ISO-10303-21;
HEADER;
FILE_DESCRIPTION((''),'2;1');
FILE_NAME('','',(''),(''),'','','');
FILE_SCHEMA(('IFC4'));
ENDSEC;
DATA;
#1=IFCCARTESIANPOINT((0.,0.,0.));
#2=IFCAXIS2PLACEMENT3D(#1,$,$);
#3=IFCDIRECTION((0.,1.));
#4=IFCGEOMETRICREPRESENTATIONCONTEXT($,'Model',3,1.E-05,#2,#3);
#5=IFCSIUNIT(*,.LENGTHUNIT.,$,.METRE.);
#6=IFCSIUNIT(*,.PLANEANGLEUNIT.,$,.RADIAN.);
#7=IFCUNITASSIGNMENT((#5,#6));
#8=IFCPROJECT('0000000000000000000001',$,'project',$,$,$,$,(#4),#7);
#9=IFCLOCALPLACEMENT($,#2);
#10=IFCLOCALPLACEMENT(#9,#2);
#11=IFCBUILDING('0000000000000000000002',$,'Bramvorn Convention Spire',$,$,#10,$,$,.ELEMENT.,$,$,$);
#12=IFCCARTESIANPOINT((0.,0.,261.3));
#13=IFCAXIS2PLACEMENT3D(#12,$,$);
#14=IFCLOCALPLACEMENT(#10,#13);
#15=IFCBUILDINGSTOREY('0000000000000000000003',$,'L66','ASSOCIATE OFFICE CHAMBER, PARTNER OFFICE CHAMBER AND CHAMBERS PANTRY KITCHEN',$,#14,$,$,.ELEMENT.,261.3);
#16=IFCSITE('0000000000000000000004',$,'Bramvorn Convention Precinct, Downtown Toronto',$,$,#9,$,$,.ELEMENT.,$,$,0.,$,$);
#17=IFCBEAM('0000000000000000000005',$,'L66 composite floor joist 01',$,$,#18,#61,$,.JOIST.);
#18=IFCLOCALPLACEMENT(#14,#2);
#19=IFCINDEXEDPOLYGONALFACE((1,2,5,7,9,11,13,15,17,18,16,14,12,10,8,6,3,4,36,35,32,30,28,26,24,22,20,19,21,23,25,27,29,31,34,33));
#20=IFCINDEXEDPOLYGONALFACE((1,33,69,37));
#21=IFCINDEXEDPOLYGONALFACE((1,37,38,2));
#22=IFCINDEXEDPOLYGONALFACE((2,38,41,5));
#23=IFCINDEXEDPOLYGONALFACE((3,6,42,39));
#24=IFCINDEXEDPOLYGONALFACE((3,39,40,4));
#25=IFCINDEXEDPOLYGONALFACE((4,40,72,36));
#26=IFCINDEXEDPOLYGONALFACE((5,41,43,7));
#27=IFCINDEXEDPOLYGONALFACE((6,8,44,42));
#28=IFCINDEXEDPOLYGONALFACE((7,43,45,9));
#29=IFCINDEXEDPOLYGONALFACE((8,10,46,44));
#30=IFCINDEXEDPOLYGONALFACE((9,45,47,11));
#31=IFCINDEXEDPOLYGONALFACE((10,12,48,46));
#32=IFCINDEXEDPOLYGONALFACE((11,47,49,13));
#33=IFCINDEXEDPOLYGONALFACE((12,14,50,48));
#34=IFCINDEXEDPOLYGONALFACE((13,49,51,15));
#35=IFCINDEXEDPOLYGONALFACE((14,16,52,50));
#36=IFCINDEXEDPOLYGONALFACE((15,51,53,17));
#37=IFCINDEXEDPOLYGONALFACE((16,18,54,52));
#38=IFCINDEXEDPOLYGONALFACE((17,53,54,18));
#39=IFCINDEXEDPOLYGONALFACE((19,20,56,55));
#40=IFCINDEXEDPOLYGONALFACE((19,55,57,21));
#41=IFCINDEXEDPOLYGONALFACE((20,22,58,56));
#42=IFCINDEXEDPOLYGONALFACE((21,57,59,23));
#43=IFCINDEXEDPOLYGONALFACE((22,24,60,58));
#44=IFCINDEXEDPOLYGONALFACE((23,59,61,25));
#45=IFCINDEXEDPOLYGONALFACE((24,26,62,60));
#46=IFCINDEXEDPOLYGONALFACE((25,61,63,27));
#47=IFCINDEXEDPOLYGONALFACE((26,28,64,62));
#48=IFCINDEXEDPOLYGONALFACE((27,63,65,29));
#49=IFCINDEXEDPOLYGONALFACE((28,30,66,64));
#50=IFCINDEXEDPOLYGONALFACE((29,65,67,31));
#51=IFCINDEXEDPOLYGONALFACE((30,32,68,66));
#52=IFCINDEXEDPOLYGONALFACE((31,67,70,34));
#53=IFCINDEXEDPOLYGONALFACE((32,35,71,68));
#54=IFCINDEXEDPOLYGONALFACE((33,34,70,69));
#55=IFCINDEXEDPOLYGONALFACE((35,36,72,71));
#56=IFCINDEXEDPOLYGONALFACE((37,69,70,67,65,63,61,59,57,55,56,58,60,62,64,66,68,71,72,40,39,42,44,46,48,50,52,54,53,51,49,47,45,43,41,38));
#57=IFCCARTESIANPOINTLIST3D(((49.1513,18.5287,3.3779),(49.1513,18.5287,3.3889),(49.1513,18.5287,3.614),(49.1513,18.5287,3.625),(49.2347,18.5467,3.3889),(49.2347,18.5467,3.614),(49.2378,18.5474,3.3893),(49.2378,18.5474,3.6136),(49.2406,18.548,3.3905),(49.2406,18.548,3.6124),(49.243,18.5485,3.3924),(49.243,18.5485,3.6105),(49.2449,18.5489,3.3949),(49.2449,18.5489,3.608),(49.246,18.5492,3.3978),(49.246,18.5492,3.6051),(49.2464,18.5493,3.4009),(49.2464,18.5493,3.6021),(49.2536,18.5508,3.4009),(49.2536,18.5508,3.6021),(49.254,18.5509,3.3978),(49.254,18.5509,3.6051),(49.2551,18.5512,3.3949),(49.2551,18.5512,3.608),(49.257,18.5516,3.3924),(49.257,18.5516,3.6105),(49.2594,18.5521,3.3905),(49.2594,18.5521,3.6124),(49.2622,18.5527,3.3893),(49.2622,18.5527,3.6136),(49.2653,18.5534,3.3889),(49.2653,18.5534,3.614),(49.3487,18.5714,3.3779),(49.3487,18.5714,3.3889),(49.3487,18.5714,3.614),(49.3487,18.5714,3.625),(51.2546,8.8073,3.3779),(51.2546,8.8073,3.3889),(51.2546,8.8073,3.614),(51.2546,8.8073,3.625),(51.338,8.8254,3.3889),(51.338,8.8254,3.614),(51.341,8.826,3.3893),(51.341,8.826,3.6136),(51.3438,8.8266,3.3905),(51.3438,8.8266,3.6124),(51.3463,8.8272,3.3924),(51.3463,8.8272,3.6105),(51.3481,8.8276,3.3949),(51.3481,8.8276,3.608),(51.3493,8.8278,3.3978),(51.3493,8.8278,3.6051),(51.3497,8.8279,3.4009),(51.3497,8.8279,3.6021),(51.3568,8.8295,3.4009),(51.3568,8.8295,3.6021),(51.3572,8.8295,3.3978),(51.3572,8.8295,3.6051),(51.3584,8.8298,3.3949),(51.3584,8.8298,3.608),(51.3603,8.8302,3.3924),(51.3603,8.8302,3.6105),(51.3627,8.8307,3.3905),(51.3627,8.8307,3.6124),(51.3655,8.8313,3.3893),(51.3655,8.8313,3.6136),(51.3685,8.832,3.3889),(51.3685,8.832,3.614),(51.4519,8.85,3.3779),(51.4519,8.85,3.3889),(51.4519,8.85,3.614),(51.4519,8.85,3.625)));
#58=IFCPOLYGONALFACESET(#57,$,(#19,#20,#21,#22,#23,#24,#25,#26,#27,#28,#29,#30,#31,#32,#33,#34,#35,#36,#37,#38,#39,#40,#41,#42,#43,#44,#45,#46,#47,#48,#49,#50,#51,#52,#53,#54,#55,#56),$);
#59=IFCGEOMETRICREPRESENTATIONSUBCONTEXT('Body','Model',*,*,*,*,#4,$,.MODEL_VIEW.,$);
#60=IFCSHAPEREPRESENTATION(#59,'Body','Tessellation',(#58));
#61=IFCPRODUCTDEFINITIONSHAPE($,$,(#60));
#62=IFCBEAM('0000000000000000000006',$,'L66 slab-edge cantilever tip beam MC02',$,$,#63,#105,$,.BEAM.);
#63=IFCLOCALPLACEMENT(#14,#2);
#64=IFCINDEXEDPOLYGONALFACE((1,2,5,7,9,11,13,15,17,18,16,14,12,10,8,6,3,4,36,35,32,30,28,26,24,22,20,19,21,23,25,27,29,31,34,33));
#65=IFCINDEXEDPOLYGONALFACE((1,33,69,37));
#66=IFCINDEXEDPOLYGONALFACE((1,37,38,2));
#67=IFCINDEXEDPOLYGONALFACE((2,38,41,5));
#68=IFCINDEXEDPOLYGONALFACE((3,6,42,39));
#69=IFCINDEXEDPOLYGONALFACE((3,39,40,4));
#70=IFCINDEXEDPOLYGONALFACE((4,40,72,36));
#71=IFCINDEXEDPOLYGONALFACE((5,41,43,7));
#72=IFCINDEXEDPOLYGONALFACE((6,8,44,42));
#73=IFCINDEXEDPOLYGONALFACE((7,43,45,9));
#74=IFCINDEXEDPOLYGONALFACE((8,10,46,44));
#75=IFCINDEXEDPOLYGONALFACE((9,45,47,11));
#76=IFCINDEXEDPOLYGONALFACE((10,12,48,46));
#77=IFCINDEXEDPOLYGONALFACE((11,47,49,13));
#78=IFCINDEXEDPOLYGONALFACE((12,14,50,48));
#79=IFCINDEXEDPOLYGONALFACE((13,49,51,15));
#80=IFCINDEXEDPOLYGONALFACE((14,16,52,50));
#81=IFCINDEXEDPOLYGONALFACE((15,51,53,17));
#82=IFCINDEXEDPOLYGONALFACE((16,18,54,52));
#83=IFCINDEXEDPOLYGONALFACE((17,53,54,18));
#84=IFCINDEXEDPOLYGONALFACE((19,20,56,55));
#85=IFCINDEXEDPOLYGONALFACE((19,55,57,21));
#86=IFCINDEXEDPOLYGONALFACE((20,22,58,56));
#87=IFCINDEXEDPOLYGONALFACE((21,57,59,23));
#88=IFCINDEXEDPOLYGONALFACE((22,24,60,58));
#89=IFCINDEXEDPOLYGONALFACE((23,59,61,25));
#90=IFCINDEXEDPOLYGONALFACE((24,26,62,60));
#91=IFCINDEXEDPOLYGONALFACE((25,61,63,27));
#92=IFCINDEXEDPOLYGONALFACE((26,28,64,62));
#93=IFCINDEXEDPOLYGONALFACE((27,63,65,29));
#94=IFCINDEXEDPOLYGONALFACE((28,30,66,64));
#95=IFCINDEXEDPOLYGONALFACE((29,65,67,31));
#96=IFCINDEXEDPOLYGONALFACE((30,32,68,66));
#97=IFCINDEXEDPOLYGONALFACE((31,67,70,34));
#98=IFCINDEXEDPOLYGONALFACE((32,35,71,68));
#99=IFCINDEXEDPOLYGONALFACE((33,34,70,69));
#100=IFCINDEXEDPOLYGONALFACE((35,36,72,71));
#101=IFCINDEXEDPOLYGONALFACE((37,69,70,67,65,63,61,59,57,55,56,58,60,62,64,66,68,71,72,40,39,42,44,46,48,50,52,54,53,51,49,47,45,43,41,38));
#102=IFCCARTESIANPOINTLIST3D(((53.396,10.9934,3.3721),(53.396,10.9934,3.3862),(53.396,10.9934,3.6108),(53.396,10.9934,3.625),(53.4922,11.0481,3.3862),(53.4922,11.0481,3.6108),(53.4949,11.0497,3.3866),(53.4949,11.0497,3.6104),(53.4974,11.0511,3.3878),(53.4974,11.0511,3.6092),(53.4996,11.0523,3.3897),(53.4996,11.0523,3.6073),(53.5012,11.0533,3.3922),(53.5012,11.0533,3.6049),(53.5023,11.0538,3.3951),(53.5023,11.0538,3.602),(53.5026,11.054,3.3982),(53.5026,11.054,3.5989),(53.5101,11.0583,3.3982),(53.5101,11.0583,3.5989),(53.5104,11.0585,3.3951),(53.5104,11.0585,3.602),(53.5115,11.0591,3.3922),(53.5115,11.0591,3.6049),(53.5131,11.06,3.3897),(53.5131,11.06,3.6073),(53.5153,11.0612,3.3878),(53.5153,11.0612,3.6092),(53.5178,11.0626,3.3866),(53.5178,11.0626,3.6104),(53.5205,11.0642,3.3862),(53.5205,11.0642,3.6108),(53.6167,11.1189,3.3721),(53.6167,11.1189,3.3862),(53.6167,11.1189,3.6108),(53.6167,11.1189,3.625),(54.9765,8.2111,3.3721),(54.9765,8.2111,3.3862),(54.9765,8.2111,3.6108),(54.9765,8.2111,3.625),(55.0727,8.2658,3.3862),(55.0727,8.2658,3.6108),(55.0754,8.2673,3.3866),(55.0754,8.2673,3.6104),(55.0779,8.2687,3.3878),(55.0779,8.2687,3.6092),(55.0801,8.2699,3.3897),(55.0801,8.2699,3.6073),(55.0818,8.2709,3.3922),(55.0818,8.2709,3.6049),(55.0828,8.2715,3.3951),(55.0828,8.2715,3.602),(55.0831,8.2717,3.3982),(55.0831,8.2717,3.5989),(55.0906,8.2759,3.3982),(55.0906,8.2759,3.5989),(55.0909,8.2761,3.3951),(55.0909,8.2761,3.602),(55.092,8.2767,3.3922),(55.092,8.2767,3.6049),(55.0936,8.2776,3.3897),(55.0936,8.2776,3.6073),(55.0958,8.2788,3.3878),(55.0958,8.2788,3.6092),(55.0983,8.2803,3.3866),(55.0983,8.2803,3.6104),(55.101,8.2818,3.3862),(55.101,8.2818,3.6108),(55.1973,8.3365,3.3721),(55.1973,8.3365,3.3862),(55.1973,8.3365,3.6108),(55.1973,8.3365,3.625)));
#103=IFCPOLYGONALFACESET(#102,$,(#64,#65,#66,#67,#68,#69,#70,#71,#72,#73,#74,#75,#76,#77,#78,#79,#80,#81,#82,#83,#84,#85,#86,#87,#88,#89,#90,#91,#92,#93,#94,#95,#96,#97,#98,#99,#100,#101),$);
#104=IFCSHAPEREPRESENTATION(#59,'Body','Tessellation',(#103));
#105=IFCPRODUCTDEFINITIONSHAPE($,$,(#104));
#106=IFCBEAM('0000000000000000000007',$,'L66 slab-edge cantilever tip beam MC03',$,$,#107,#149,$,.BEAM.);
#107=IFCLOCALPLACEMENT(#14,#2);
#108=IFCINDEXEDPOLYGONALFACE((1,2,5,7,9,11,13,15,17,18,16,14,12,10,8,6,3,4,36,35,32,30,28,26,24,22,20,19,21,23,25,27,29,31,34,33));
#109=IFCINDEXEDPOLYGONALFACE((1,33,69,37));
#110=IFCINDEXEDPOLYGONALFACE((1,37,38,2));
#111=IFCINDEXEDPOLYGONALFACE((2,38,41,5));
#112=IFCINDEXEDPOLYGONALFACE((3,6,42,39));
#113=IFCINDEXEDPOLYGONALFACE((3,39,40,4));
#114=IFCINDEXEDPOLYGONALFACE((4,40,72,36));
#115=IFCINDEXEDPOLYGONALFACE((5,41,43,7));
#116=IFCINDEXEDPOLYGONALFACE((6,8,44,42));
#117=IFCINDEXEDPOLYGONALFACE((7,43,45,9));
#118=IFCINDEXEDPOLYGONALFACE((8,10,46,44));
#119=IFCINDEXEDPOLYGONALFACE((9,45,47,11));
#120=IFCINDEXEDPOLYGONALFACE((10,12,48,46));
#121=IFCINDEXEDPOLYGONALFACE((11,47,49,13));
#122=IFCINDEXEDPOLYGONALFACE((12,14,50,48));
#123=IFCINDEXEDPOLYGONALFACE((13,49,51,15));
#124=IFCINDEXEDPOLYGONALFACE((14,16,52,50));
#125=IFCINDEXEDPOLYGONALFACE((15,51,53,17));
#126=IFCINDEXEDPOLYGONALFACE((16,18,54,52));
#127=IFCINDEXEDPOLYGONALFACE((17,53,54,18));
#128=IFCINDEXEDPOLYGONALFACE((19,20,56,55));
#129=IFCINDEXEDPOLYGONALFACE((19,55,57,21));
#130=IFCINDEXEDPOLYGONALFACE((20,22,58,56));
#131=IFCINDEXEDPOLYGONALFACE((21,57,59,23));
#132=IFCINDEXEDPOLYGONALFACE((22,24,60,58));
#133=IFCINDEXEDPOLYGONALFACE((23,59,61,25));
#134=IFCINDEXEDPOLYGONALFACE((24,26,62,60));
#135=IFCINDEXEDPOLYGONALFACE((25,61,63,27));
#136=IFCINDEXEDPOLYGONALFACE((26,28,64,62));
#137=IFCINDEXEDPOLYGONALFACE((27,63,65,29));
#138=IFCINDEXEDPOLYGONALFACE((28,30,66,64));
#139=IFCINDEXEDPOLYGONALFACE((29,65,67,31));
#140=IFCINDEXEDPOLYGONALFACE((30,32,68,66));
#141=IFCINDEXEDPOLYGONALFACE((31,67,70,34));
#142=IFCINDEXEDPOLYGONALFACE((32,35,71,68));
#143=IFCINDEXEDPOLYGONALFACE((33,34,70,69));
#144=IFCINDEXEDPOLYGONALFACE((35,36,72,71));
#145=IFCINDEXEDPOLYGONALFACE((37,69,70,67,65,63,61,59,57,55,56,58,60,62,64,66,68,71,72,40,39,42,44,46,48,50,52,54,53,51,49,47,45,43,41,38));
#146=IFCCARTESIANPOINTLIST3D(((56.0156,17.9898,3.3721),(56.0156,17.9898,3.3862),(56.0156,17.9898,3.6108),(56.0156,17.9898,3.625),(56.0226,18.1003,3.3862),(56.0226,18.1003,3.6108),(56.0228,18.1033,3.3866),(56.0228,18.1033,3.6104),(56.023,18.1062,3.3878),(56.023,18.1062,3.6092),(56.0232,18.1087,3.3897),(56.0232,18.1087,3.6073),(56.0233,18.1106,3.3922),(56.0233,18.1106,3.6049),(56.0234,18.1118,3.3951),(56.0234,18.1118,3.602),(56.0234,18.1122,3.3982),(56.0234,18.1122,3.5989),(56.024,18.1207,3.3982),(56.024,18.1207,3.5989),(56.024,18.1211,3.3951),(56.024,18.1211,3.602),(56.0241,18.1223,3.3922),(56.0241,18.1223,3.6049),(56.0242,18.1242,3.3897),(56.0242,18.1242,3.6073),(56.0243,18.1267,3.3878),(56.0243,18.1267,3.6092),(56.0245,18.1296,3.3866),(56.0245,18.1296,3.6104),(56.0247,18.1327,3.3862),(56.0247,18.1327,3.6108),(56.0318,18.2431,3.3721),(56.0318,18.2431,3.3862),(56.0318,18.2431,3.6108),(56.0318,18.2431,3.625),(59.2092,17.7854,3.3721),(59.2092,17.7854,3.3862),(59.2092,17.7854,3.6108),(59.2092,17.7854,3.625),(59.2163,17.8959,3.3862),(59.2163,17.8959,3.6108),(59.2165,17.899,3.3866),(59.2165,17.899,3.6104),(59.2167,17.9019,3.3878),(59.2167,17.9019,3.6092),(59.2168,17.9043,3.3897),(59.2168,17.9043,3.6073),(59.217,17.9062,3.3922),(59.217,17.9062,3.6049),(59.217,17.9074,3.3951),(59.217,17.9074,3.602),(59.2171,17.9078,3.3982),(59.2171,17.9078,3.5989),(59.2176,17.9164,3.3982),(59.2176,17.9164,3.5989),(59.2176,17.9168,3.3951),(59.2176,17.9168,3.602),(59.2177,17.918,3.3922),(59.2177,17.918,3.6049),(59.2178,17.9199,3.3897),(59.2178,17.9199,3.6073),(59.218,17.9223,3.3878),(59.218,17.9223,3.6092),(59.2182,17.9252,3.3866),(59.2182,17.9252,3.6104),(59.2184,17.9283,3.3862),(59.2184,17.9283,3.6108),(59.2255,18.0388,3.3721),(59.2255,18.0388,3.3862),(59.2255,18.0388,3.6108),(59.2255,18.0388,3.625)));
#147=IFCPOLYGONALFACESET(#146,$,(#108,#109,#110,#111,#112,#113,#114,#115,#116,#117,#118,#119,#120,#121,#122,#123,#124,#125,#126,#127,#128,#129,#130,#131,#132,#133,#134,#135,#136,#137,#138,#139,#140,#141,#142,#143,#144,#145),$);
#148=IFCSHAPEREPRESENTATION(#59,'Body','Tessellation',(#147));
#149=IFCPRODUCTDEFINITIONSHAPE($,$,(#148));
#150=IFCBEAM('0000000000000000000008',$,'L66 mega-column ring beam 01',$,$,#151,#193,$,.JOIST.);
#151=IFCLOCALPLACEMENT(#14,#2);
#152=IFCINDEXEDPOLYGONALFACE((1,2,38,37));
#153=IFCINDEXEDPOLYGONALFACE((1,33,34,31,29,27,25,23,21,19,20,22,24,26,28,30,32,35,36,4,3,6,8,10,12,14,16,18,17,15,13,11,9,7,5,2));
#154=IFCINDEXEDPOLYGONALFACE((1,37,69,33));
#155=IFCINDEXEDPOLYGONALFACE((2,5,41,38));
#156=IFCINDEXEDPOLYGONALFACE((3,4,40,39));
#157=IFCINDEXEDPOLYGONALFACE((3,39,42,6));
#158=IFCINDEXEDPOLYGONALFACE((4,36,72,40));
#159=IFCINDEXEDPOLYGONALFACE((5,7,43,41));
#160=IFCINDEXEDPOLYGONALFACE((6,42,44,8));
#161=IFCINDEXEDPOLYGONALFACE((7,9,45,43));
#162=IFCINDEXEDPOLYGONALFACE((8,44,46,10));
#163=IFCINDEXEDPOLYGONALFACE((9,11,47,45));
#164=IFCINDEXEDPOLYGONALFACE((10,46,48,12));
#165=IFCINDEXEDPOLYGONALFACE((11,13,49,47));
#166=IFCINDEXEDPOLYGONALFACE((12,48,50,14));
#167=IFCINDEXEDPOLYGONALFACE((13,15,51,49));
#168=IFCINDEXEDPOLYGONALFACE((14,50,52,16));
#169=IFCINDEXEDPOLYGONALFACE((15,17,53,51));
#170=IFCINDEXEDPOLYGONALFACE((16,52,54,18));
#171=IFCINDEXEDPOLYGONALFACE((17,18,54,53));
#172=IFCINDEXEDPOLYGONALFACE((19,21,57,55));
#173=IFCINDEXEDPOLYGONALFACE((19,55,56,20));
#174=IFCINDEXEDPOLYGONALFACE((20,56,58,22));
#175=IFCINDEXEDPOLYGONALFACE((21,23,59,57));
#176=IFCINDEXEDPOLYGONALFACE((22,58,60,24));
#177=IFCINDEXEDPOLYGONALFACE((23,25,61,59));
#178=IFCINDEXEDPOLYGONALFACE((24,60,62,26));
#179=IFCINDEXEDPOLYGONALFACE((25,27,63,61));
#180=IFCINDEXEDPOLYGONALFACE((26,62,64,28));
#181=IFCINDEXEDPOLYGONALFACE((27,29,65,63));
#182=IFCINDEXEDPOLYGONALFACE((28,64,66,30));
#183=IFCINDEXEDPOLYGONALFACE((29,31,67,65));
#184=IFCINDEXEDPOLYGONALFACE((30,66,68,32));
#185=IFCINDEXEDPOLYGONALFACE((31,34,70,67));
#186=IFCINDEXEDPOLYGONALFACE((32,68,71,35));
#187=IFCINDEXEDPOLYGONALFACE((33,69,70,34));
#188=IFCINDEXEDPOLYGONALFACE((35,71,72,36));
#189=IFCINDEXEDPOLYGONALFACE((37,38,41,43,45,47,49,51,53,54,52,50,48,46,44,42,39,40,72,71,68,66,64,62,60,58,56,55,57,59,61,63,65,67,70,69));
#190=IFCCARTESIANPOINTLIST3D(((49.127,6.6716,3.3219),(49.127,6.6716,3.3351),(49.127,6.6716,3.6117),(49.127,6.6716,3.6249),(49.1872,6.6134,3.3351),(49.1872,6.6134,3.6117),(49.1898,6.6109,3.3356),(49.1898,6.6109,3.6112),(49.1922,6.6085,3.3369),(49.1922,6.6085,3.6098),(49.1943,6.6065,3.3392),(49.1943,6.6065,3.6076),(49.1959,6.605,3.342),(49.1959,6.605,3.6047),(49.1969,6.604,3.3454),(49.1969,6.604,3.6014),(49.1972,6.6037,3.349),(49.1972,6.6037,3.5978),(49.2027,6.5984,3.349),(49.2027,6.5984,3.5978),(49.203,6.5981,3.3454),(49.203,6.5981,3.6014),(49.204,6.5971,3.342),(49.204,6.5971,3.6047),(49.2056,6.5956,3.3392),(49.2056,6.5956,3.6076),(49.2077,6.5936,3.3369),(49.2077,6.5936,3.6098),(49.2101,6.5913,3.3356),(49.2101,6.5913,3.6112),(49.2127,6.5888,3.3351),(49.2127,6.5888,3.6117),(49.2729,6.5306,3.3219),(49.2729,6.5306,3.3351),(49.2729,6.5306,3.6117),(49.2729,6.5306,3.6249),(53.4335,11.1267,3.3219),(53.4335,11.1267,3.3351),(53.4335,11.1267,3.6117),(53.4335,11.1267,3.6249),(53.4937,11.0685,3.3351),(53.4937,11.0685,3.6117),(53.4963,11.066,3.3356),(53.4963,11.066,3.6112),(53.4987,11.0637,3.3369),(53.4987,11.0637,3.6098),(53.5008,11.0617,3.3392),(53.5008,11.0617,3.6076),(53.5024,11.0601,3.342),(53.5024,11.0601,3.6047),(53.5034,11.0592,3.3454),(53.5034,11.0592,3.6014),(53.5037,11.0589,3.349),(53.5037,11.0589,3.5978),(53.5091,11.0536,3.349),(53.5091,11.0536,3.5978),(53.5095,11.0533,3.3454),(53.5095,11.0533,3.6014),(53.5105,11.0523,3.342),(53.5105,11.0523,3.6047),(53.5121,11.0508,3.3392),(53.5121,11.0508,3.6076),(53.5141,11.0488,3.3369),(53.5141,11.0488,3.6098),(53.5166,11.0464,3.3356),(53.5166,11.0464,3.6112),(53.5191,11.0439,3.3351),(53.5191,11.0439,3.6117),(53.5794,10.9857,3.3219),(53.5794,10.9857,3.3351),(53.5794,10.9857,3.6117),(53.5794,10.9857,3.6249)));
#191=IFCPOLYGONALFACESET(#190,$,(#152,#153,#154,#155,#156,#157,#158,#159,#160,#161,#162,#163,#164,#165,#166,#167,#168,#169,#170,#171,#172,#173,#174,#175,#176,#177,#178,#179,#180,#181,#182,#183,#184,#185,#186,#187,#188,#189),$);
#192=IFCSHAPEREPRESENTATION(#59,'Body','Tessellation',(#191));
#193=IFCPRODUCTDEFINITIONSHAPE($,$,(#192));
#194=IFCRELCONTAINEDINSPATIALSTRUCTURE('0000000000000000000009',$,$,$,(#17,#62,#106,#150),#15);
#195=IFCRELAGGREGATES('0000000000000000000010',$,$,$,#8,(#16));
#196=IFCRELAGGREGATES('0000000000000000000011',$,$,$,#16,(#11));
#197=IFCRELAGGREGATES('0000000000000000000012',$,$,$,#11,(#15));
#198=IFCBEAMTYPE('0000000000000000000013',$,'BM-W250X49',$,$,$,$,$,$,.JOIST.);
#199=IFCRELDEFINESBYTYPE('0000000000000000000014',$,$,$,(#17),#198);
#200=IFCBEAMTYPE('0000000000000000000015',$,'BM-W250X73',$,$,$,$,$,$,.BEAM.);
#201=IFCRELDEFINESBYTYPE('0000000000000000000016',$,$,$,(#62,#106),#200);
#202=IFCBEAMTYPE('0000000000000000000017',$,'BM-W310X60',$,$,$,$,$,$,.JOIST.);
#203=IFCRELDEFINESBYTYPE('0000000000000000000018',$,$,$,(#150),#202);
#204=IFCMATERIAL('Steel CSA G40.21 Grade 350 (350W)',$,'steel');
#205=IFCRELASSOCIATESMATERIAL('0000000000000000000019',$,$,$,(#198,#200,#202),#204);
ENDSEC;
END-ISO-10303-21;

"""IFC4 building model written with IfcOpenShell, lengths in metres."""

from ifc_helpers import new_model, si_unit, direction, frame, origin, origin_2d, place, context, subcontext, project, spatial, i_section, extrude, material, material_profile, profile_set, type_object, element, save


model = new_model("IFC4")

# Units and contexts
model_context = context("Model", 3, precision=1e-05, world=origin(), true_north=direction((0.0, 1.0)))
body_context = subcontext(model_context, "Body", "Model", "MODEL_VIEW")
ifc_project = project(units=[si_unit("LENGTHUNIT", "METRE"), si_unit("PLANEANGLEUNIT", "RADIAN")], contexts=[model_context])

# Site, building, storey
site_placement = place(None, origin())
site = spatial("IfcSite", under=ifc_project, at=site_placement, Name="Bramvorn Convention Precinct, Downtown Toronto", CompositionType="ELEMENT", RefElevation=0.0)
building_placement = place(site_placement, origin())
building = spatial("IfcBuilding", under=site, at=building_placement, Name="Bramvorn Convention Spire", CompositionType="ELEMENT")
storey_placement = place(building_placement, frame((0.0, 0.0, 261.3)))
storey = spatial("IfcBuildingStorey", under=building, at=storey_placement, Name="L66", Description="ASSOCIATE OFFICE CHAMBER, PARTNER OFFICE CHAMBER AND CHAMBERS PANTRY KITCHEN", CompositionType="ELEMENT", Elevation=261.3)

# Shared definitions
ifc_material_1 = material(Name="Steel CSA G40.21 Grade 350 (350W)", Category="steel")

# Beams
ifc_material_profile_1 = material_profile(ifc_material_1, i_section(OverallWidth=0.2019, OverallDepth=0.2471, WebThickness=0.0073, FlangeThickness=0.011, FilletRadius=0.012, at=origin_2d()))
ifc_profile_set_1 = profile_set([ifc_material_profile_1], Name="Steel CSA G40.21 Grade 350 (350W) - W250X49")
beam_type_1 = type_object("IfcBeamType", Name="BM-W250X49", PredefinedType="JOIST", material=ifc_profile_set_1)
beam_1_placement = place(storey_placement, frame((49.25, 18.55, 3.5015), z_axis=(0.211461, -0.977386, 0.0), x_axis=(0.977386, 0.211461, 0.0)))
element("IfcBeam", 1, at=beam_1_placement, inside=storey, type_object=beam_type_1, Name="L66 composite floor joist 01", PredefinedType="JOIST", context=body_context, shape_type="SweptSolid", body=[
    extrude(i_section(OverallWidth=0.2019, OverallDepth=0.2471, WebThickness=0.0073, FlangeThickness=0.011, FilletRadius=0.012, at=origin_2d()), origin(), (0.0, 0.0, 1.0), 9.9463),
])
ifc_material_profile_2 = material_profile(ifc_material_1, i_section(OverallWidth=0.2539, OverallDepth=0.2529, WebThickness=0.0085, FlangeThickness=0.0142, FilletRadius=0.012, at=origin_2d()))
ifc_profile_set_2 = profile_set([ifc_material_profile_2], Name="Steel CSA G40.21 Grade 350 (350W) - W250X73")
beam_type_2 = type_object("IfcBeamType", Name="BM-W250X73", PredefinedType="BEAM", material=ifc_profile_set_2)
beam_2_placement = place(storey_placement, frame((53.5063, 11.0562, 3.4985), z_axis=(0.493919, -0.869508, 0.0), x_axis=(0.869508, 0.493919, 0.0)))
element("IfcBeam", 2, at=beam_2_placement, inside=storey, type_object=beam_type_2, Name="L66 slab-edge cantilever tip beam MC02", PredefinedType="BEAM", context=body_context, shape_type="SweptSolid", body=[
    extrude(i_section(OverallWidth=0.2539, OverallDepth=0.2529, WebThickness=0.0085, FlangeThickness=0.0142, FilletRadius=0.012, at=origin_2d()), origin(), (0.0, 0.0, 1.0), 3.2),
])
beam_3_placement = place(storey_placement, frame((56.0237, 18.1165, 3.4985), z_axis=(0.997959, -0.063855, 0.0), x_axis=(0.063855, 0.997959, 0.0)))
element("IfcBeam", 3, at=beam_3_placement, inside=storey, type_object=beam_type_2, Name="L66 slab-edge cantilever tip beam MC03", PredefinedType="BEAM", context=body_context, shape_type="SweptSolid", body=[
    extrude(i_section(OverallWidth=0.2539, OverallDepth=0.2529, WebThickness=0.0085, FlangeThickness=0.0142, FilletRadius=0.012, at=origin_2d()), origin(), (0.0, 0.0, 1.0), 3.2002),
])
ifc_material_profile_3 = material_profile(ifc_material_1, i_section(OverallWidth=0.2029, OverallDepth=0.303, WebThickness=0.0076, FlangeThickness=0.0132, FilletRadius=0.0139, at=origin_2d()))
ifc_profile_set_3 = profile_set([ifc_material_profile_3], Name="Steel CSA G40.21 Grade 350 (350W) - W310X60")
beam_type_3 = type_object("IfcBeamType", Name="BM-W310X60", PredefinedType="JOIST", material=ifc_profile_set_3)
beam_4_placement = place(storey_placement, frame((49.2, 6.6011, 3.4734), z_axis=(0.695007, 0.719003, 0.0), x_axis=(-0.719003, 0.695007, 0.0)))
element("IfcBeam", 4, at=beam_4_placement, inside=storey, type_object=beam_type_3, Name="L66 mega-column ring beam 01", PredefinedType="JOIST", context=body_context, shape_type="SweptSolid", body=[
    extrude(i_section(OverallWidth=0.2029, OverallDepth=0.303, WebThickness=0.0076, FlangeThickness=0.0132, FilletRadius=0.0139, at=origin_2d()), origin(), (0.0, 0.0, 1.0), 6.1963),
])

save(model, "model.ifc")
